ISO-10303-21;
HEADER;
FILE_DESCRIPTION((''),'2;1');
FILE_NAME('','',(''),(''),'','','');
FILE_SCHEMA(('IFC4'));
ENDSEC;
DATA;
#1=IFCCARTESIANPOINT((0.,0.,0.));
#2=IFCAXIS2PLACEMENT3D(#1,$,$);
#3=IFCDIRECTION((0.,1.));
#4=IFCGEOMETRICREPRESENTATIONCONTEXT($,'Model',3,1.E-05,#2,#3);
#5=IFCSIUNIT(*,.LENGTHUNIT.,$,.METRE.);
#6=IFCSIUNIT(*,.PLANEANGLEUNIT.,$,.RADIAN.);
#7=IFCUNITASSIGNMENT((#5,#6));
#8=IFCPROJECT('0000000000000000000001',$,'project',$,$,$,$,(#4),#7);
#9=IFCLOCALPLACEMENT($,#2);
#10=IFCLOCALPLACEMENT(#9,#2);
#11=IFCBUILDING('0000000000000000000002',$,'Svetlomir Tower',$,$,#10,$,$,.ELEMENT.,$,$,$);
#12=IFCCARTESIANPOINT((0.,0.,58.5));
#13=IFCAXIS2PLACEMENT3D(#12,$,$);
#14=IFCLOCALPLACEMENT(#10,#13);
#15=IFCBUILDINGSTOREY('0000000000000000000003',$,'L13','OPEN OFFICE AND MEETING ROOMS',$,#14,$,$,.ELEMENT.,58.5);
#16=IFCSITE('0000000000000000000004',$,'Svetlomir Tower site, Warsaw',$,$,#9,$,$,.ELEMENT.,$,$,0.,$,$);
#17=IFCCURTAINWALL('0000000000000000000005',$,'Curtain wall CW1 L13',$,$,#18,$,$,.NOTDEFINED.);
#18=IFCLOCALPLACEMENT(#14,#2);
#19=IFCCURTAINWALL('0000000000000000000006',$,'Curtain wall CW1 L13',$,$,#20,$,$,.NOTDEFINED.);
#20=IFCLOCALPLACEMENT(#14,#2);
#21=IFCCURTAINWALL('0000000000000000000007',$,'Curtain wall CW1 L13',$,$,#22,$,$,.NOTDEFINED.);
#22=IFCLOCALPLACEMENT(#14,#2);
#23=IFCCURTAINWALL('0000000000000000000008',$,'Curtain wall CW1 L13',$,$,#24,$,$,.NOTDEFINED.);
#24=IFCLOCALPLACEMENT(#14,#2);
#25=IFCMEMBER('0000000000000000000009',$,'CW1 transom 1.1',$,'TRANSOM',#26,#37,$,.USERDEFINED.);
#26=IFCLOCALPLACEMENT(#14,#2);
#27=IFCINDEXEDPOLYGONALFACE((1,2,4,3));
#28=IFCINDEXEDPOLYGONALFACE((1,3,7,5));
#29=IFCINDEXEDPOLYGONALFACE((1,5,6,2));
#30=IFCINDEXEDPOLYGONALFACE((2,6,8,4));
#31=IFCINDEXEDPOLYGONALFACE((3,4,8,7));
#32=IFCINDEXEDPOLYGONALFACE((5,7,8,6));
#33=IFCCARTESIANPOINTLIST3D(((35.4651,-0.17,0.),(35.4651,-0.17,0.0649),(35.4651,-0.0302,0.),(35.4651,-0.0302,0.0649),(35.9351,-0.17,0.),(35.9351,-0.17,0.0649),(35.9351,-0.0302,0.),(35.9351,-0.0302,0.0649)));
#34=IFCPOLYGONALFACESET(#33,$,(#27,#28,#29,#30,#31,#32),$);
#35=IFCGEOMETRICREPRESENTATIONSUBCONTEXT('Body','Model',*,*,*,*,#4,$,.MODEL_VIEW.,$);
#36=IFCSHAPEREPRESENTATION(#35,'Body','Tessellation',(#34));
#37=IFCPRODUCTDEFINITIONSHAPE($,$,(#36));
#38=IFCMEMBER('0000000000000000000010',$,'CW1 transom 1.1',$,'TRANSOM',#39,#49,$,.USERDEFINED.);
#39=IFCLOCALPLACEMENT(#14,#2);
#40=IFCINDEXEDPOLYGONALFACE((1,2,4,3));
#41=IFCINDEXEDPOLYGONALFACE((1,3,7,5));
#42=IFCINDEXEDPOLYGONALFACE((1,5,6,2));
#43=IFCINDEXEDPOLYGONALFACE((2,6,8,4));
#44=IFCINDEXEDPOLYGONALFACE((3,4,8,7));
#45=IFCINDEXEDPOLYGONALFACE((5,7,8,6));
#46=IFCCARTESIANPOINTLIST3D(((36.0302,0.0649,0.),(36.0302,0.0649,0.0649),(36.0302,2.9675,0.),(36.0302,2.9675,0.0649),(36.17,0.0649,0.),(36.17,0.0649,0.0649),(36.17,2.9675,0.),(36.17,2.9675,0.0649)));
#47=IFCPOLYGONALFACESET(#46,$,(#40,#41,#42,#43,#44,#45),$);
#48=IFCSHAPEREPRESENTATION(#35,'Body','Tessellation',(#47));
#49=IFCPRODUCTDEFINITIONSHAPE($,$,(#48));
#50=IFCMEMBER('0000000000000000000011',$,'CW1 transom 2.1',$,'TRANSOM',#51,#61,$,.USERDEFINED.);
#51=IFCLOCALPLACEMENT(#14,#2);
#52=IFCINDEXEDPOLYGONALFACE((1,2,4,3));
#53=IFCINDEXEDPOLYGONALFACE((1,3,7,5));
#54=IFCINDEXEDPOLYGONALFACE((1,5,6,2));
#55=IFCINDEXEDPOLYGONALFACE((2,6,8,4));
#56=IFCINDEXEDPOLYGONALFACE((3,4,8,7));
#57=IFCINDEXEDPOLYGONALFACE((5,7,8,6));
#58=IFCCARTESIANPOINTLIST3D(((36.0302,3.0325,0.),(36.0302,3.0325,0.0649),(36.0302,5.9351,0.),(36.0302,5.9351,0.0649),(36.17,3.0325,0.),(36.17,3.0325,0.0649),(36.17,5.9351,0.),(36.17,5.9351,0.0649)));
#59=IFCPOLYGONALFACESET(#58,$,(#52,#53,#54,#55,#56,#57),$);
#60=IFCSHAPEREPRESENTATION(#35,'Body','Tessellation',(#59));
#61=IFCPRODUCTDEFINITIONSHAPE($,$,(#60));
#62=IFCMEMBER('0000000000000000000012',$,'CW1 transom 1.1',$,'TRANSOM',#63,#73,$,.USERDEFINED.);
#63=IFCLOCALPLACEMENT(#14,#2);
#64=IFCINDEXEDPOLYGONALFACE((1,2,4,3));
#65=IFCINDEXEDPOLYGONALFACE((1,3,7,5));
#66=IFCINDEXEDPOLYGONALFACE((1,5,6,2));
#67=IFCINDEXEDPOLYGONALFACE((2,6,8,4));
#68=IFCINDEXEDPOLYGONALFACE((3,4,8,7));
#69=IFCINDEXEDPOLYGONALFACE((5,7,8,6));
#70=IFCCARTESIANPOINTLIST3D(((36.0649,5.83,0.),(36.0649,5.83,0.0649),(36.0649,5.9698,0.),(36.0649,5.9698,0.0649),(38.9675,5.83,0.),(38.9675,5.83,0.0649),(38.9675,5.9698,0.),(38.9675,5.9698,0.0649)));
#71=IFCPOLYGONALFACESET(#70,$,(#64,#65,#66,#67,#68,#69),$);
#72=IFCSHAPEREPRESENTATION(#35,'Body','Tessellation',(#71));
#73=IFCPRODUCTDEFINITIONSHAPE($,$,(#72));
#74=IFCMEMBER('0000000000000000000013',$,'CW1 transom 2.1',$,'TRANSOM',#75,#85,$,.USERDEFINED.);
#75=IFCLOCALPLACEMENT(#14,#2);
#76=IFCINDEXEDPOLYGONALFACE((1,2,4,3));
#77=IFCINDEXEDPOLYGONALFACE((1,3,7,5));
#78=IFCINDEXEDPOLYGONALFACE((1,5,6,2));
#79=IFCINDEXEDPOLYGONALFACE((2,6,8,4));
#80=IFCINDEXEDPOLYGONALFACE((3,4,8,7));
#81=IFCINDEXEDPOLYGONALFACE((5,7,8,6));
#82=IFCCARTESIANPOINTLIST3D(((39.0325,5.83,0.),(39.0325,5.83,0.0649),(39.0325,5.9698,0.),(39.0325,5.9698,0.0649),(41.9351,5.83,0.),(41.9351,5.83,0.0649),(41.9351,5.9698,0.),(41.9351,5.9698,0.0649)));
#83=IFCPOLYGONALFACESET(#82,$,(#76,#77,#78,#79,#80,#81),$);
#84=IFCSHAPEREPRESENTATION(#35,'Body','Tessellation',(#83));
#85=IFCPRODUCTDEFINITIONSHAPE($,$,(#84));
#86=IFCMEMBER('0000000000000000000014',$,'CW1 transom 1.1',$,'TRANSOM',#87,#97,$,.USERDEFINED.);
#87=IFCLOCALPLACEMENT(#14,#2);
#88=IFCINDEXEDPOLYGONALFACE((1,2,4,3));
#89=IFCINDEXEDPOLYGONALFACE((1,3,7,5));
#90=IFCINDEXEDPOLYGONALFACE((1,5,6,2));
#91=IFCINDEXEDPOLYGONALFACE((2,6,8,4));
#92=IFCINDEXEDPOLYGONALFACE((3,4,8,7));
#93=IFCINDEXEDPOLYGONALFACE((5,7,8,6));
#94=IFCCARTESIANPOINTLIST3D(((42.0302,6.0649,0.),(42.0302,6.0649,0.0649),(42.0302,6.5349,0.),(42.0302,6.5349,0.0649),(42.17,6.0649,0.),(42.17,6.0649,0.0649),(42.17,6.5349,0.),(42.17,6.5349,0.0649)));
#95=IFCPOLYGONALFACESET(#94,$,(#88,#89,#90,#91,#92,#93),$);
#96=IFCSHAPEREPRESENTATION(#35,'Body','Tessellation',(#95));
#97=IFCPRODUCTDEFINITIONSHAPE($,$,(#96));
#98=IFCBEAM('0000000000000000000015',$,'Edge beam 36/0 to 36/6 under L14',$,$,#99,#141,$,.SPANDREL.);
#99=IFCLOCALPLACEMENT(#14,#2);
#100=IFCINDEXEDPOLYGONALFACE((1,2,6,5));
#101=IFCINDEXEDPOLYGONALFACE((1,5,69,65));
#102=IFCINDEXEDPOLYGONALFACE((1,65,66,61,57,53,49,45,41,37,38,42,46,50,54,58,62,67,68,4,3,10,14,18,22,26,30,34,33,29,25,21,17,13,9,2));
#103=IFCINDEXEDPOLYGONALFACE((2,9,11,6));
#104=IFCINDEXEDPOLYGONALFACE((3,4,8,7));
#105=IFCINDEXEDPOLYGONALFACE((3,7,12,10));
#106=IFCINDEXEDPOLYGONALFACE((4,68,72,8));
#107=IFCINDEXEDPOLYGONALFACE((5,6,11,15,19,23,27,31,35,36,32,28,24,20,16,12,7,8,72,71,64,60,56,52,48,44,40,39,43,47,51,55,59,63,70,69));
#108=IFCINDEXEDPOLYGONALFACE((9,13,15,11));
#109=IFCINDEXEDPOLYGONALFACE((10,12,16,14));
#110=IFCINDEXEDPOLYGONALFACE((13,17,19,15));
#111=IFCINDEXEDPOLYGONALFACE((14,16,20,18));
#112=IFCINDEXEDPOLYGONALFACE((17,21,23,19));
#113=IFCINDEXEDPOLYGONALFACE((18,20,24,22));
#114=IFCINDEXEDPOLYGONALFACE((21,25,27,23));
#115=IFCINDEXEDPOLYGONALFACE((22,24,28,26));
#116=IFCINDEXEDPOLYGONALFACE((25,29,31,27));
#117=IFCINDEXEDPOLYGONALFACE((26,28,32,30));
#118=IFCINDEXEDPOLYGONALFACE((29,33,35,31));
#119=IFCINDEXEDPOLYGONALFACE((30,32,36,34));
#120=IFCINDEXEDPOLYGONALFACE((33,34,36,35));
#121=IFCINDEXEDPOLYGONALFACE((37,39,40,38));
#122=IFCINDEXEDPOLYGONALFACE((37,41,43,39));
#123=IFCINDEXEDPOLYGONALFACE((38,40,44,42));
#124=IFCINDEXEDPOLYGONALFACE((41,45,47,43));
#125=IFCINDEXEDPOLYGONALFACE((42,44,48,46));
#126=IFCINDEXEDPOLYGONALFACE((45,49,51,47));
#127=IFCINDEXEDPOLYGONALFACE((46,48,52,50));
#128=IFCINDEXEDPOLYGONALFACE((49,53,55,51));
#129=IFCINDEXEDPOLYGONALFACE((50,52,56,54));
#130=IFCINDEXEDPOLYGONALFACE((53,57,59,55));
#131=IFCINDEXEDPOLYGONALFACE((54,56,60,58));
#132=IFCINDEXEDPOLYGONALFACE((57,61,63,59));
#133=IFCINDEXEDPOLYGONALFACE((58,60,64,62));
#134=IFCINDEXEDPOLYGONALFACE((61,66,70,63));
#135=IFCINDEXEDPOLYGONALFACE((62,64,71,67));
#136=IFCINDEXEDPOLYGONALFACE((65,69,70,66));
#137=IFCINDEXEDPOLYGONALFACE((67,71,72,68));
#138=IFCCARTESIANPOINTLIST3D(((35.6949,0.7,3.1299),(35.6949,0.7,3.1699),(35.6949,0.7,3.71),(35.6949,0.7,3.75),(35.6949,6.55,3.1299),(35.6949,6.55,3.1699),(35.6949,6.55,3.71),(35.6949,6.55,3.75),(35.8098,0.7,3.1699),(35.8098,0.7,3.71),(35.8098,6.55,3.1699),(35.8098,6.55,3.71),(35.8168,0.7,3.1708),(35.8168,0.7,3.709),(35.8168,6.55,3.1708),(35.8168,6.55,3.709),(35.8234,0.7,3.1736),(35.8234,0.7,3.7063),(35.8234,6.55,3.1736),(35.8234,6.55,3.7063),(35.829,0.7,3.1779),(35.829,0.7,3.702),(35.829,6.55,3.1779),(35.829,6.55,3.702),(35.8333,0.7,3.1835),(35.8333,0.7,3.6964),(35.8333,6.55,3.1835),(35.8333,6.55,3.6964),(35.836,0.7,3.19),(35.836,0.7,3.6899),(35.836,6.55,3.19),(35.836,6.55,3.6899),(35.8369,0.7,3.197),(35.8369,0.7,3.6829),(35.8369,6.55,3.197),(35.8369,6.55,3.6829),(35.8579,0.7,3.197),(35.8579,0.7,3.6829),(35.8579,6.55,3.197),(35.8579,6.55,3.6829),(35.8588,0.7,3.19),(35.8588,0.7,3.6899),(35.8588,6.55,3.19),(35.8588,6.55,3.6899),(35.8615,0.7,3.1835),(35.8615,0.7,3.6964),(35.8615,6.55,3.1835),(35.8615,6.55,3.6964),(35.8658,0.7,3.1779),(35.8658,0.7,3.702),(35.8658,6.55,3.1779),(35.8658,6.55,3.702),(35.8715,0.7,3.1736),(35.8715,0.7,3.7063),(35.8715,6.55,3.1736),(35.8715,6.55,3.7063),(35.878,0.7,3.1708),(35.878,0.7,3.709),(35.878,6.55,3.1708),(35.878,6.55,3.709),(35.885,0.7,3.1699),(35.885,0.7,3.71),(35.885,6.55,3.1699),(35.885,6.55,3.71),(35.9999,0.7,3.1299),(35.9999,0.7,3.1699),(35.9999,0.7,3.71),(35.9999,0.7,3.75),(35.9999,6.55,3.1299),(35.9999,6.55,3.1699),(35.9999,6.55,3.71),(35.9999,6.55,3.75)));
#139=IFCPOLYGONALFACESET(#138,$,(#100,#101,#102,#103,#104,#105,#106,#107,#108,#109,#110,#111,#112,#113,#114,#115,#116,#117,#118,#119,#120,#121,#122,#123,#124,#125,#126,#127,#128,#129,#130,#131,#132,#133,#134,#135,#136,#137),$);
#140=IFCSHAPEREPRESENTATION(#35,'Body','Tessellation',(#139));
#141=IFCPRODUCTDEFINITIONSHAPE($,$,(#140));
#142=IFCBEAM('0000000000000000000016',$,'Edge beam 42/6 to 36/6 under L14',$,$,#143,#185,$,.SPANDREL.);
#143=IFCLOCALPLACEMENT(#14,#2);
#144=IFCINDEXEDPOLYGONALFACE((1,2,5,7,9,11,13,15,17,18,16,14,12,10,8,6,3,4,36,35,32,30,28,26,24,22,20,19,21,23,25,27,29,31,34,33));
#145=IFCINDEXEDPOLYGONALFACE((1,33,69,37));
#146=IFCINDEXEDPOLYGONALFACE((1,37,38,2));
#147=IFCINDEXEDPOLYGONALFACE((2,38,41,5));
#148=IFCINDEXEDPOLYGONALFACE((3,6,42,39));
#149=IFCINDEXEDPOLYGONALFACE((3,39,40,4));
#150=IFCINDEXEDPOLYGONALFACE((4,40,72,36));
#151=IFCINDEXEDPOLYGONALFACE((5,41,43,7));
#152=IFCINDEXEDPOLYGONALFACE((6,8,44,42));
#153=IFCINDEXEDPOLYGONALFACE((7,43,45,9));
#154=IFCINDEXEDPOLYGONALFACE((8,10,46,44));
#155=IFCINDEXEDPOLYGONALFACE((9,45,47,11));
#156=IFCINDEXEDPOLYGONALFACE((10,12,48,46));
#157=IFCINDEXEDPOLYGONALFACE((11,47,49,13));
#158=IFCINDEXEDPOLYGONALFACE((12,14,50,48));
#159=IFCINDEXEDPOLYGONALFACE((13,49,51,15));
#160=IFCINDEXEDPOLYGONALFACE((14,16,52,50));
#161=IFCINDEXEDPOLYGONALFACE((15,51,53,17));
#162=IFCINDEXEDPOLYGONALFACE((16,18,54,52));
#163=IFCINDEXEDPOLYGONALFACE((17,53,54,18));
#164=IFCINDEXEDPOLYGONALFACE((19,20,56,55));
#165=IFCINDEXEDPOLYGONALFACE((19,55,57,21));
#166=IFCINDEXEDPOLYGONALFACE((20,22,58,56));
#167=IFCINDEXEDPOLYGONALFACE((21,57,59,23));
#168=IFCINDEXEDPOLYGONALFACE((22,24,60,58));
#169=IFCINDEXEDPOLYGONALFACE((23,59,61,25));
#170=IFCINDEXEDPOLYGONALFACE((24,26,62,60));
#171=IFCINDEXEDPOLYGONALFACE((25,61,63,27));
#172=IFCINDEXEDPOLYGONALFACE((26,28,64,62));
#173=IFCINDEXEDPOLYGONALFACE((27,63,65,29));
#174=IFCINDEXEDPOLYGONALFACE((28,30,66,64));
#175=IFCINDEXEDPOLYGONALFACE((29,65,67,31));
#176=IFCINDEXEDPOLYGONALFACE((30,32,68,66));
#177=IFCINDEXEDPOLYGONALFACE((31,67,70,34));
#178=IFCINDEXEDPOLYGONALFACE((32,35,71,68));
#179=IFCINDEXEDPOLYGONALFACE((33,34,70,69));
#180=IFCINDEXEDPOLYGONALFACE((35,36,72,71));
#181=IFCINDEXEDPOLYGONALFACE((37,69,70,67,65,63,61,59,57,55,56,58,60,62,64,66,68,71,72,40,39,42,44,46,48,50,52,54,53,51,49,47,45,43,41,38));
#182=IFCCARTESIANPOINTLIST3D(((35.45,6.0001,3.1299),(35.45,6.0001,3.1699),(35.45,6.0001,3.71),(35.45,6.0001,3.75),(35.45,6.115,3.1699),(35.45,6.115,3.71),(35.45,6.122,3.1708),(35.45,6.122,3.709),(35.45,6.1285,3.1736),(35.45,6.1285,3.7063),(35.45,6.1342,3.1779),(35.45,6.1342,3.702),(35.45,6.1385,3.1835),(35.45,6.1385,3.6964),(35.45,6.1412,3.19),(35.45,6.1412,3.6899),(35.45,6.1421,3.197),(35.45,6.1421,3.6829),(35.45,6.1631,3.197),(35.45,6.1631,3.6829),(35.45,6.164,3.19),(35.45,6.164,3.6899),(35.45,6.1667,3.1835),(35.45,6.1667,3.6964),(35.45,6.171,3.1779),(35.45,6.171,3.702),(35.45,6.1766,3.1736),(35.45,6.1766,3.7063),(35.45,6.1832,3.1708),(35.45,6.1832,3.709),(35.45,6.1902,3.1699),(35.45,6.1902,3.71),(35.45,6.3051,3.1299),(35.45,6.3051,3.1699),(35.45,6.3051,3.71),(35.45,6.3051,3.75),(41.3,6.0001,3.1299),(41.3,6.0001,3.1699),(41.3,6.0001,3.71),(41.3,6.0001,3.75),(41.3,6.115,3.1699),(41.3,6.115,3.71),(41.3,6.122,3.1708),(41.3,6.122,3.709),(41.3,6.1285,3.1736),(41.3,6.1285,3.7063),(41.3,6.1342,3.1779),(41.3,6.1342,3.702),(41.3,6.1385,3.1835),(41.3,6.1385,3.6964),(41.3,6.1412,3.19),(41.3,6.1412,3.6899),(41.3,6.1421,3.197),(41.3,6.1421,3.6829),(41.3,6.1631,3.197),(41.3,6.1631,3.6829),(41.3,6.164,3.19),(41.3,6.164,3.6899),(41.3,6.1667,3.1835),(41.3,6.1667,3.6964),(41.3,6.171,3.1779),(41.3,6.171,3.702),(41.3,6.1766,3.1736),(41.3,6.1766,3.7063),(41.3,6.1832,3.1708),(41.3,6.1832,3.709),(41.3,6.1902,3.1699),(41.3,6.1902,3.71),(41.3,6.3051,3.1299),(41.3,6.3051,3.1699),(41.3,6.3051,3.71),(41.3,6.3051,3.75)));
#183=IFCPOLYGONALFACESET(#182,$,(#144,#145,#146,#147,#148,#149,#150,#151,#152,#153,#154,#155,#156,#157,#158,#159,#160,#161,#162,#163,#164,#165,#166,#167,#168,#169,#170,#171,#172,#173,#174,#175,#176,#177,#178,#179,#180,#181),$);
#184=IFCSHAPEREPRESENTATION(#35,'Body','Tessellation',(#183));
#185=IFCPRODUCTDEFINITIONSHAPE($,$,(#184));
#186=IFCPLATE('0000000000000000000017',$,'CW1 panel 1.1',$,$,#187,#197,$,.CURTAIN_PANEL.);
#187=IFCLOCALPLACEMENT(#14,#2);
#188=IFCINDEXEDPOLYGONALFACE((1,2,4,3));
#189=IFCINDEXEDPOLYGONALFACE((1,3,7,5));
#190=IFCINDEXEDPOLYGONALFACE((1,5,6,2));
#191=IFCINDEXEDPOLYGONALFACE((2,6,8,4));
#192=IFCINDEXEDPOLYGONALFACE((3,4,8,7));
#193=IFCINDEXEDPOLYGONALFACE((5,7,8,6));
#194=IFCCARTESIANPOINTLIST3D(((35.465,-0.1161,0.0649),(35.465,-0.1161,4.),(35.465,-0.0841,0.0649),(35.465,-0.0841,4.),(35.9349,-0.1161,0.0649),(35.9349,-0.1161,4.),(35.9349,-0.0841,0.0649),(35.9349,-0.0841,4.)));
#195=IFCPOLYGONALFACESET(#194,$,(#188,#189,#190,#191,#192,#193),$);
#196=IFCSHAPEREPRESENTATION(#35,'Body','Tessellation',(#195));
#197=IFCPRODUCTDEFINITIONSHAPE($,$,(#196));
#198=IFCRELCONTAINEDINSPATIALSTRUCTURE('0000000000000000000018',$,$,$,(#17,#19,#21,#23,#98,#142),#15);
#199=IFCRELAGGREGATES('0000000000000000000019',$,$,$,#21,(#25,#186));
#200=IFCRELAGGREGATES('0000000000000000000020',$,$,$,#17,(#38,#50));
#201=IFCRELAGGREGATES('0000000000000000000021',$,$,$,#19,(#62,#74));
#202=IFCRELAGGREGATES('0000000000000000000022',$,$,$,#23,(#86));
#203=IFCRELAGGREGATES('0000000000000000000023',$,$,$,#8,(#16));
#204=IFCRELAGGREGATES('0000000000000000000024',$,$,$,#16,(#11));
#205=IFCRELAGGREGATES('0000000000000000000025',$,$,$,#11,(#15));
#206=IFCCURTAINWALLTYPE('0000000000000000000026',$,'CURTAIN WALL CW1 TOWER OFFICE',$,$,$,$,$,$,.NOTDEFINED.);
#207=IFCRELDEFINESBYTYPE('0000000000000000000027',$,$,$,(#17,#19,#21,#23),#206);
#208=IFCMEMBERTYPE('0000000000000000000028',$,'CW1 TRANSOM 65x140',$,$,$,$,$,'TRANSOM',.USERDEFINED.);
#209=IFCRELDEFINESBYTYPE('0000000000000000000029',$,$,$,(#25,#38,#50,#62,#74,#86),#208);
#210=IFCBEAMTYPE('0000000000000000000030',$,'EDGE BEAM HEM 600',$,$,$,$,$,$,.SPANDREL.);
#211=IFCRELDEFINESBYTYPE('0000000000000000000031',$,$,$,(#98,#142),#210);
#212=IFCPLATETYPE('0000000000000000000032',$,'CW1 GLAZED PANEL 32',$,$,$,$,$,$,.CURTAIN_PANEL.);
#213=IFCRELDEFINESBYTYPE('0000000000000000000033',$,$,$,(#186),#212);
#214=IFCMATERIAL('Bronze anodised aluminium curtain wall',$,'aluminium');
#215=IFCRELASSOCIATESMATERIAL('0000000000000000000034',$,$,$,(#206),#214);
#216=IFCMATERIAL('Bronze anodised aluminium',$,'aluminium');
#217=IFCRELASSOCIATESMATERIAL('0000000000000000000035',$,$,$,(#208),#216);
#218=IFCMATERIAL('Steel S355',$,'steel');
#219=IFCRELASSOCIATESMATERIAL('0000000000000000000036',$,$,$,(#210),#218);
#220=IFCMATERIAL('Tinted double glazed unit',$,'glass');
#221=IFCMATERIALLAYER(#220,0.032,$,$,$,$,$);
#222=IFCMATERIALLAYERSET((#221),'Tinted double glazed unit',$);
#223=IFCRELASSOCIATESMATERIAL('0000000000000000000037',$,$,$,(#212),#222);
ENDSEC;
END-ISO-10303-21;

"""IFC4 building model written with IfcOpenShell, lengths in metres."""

from ifc_helpers import new_model, si_unit, direction, frame, origin, origin_2d, place, context, subcontext, project, spatial, rectangle, i_section, extrude, material, layer, layer_set, material_profile, profile_set, type_object, element, aggregate, save


model = new_model("IFC4")

# Units and contexts
model_context = context("Model", 3, precision=1e-05, world=origin(), true_north=direction((0.0, 1.0)))
body_context = subcontext(model_context, "Body", "Model", "MODEL_VIEW")
ifc_project = project(units=[si_unit("LENGTHUNIT", "METRE"), si_unit("PLANEANGLEUNIT", "RADIAN")], contexts=[model_context])

# Site, building, storey
site_placement = place(None, origin())
site = spatial("IfcSite", under=ifc_project, at=site_placement, Name="Svetlomir Tower site, Warsaw", CompositionType="ELEMENT", RefElevation=0.0)
building_placement = place(site_placement, origin())
building = spatial("IfcBuilding", under=site, at=building_placement, Name="Svetlomir Tower", CompositionType="ELEMENT")
storey_placement = place(building_placement, frame((0.0, 0.0, 58.5)))
storey = spatial("IfcBuildingStorey", under=building, at=storey_placement, Name="L13", Description="OPEN OFFICE AND MEETING ROOMS", CompositionType="ELEMENT", Elevation=58.5)

# Curtain walls
ifc_material_1 = material(Name="Bronze anodised aluminium curtain wall", Category="aluminium")
curtain_wall_type = type_object("IfcCurtainWallType", Name="CURTAIN WALL CW1 TOWER OFFICE", PredefinedType="NOTDEFINED", material=ifc_material_1)
curtain_wall_1_placement = place(storey_placement, origin())
curtain_wall_1 = element("IfcCurtainWall", 1, at=curtain_wall_1_placement, inside=storey, type_object=curtain_wall_type, Name="Curtain wall CW1 L13", PredefinedType="NOTDEFINED")
curtain_wall_2_placement = place(storey_placement, origin())
curtain_wall_2 = element("IfcCurtainWall", 2, at=curtain_wall_2_placement, inside=storey, type_object=curtain_wall_type, Name="Curtain wall CW1 L13", PredefinedType="NOTDEFINED")

# Curtain wall
curtain_wall_3_placement = place(storey_placement, origin())
curtain_wall_3 = element("IfcCurtainWall", 3, at=curtain_wall_3_placement, inside=storey, type_object=curtain_wall_type, Name="Curtain wall CW1 L13", PredefinedType="NOTDEFINED")

# Curtain wall
curtain_wall_4_placement = place(storey_placement, origin())
curtain_wall_4 = element("IfcCurtainWall", 4, at=curtain_wall_4_placement, inside=storey, type_object=curtain_wall_type, Name="Curtain wall CW1 L13", PredefinedType="NOTDEFINED")

# Members
ifc_material_2 = material(Name="Bronze anodised aluminium", Category="aluminium")
ifc_material_profile_1 = material_profile(ifc_material_2, rectangle(XDim=0.1399, YDim=0.0649, at=origin_2d()), Name="AL 140x65")
ifc_profile_set_1 = profile_set([ifc_material_profile_1], Name="Bronze anodised aluminium 6063-T6")
member_type_1 = type_object("IfcMemberType", Name="CW1 TRANSOM 65x140", ElementType="TRANSOM", PredefinedType="USERDEFINED", material=ifc_profile_set_1)
member_1_placement = place(storey_placement, frame((35.4651, -0.1001, 0.0325), z_axis=(1.0, 0.0, 0.0), x_axis=(0.0, 1.0, 0.0)))
member_1 = element("IfcMember", 5, at=member_1_placement, type_object=member_type_1, Name="CW1 transom 1.1", ObjectType="TRANSOM", PredefinedType="USERDEFINED", context=body_context, shape_type="SweptSolid", body=[
    extrude(rectangle(XDim=0.1399, YDim=0.0649, at=origin_2d()), origin(), (0.0, 0.0, 1.0), 0.47),
])
member_2_placement = place(storey_placement, frame((36.1001, 0.0649, 0.0325), z_axis=(0.0, 1.0, 0.0), x_axis=(-1.0, 0.0, 0.0)))
member_2 = element("IfcMember", 6, at=member_2_placement, type_object=member_type_1, Name="CW1 transom 1.1", ObjectType="TRANSOM", PredefinedType="USERDEFINED", context=body_context, shape_type="SweptSolid", body=[
    extrude(rectangle(XDim=0.1399, YDim=0.0649, at=origin_2d()), origin(), (0.0, 0.0, 1.0), 2.9026),
])
member_3_placement = place(storey_placement, frame((36.1001, 3.0325, 0.0325), z_axis=(0.0, 1.0, 0.0), x_axis=(-1.0, 0.0, 0.0)))
member_3 = element("IfcMember", 7, at=member_3_placement, type_object=member_type_1, Name="CW1 transom 2.1", ObjectType="TRANSOM", PredefinedType="USERDEFINED", context=body_context, shape_type="SweptSolid", body=[
    extrude(rectangle(XDim=0.1399, YDim=0.0649, at=origin_2d()), origin(), (0.0, 0.0, 1.0), 2.9026),
])
member_4_placement = place(storey_placement, frame((36.0649, 5.8999, 0.0325), z_axis=(1.0, 0.0, 0.0), x_axis=(0.0, 1.0, 0.0)))
member_4 = element("IfcMember", 8, at=member_4_placement, type_object=member_type_1, Name="CW1 transom 1.1", ObjectType="TRANSOM", PredefinedType="USERDEFINED", context=body_context, shape_type="SweptSolid", body=[
    extrude(rectangle(XDim=0.1399, YDim=0.0649, at=origin_2d()), origin(), (0.0, 0.0, 1.0), 2.9026),
])
member_5_placement = place(storey_placement, frame((39.0325, 5.8999, 0.0325), z_axis=(1.0, 0.0, 0.0), x_axis=(0.0, 1.0, 0.0)))
member_5 = element("IfcMember", 9, at=member_5_placement, type_object=member_type_1, Name="CW1 transom 2.1", ObjectType="TRANSOM", PredefinedType="USERDEFINED", context=body_context, shape_type="SweptSolid", body=[
    extrude(rectangle(XDim=0.1399, YDim=0.0649, at=origin_2d()), origin(), (0.0, 0.0, 1.0), 2.9026),
])
member_6_placement = place(storey_placement, frame((42.1001, 6.0649, 0.0325), z_axis=(0.0, 1.0, 0.0), x_axis=(-1.0, 0.0, 0.0)))
member_6 = element("IfcMember", 10, at=member_6_placement, type_object=member_type_1, Name="CW1 transom 1.1", ObjectType="TRANSOM", PredefinedType="USERDEFINED", context=body_context, shape_type="SweptSolid", body=[
    extrude(rectangle(XDim=0.1399, YDim=0.0649, at=origin_2d()), origin(), (0.0, 0.0, 1.0), 0.47),
])

# Beams
ifc_material_3 = material(Name="Steel S355", Category="steel")
ifc_material_profile_2 = material_profile(ifc_material_3, i_section(OverallWidth=0.3049, OverallDepth=0.6201, WebThickness=0.021, FlangeThickness=0.04, FilletRadius=0.0271, at=origin_2d()), Name="HEM 600")
ifc_profile_set_2 = profile_set([ifc_material_profile_2], Name="Steel S355")
beam_type_1 = type_object("IfcBeamType", Name="EDGE BEAM HEM 600", PredefinedType="SPANDREL", material=ifc_profile_set_2)
for number, where, z_axis, x_axis, name in (
    (11, (35.8474, 0.7, 3.4399), (0.0, 1.0, 0.0), (-1.0, 0.0, 0.0), "Edge beam 36/0 to 36/6 under L14"),
    (12, (41.3, 6.1526, 3.4399), (-1.0, 0.0, 0.0), (0.0, -1.0, 0.0), "Edge beam 42/6 to 36/6 under L14"),
):
    element("IfcBeam", number, at=place(storey_placement, frame(where, z_axis=z_axis, x_axis=x_axis)), inside=storey, type_object=beam_type_1, Name=name, PredefinedType="SPANDREL", context=body_context, shape_type="SweptSolid", body=[
        extrude(i_section(OverallWidth=0.3049, OverallDepth=0.6201, WebThickness=0.021, FlangeThickness=0.04, FilletRadius=0.0271, at=origin_2d()), origin(), (0.0, 0.0, 1.0), 5.8501),
    ])

# Plate
ifc_material_4 = material(Name="Tinted double glazed unit", Category="glass")
ifc_layer = layer(ifc_material_4, 0.032)
ifc_layer_set = layer_set([ifc_layer], Name="Tinted double glazed unit")
plate_type = type_object("IfcPlateType", Name="CW1 GLAZED PANEL 32", PredefinedType="CURTAIN_PANEL", material=ifc_layer_set)
plate_1_placement = place(storey_placement, frame((35.7, -0.1001, 0.0649), z_axis=(0.0, 0.0, 1.0), x_axis=(1.0, 0.0, 0.0)))
plate_1 = element("IfcPlate", 13, at=plate_1_placement, type_object=plate_type, Name="CW1 panel 1.1", PredefinedType="CURTAIN_PANEL", context=body_context, shape_type="SweptSolid", body=[
    extrude(rectangle(XDim=0.47, YDim=0.032, at=origin_2d()), origin(), (0.0, 0.0, 1.0), 3.9351),
])
aggregate(curtain_wall_3, [member_1, plate_1])
aggregate(curtain_wall_1, [member_2, member_3])
aggregate(curtain_wall_2, [member_4, member_5])
aggregate(curtain_wall_4, [member_6])

save(model, "model.ifc")
